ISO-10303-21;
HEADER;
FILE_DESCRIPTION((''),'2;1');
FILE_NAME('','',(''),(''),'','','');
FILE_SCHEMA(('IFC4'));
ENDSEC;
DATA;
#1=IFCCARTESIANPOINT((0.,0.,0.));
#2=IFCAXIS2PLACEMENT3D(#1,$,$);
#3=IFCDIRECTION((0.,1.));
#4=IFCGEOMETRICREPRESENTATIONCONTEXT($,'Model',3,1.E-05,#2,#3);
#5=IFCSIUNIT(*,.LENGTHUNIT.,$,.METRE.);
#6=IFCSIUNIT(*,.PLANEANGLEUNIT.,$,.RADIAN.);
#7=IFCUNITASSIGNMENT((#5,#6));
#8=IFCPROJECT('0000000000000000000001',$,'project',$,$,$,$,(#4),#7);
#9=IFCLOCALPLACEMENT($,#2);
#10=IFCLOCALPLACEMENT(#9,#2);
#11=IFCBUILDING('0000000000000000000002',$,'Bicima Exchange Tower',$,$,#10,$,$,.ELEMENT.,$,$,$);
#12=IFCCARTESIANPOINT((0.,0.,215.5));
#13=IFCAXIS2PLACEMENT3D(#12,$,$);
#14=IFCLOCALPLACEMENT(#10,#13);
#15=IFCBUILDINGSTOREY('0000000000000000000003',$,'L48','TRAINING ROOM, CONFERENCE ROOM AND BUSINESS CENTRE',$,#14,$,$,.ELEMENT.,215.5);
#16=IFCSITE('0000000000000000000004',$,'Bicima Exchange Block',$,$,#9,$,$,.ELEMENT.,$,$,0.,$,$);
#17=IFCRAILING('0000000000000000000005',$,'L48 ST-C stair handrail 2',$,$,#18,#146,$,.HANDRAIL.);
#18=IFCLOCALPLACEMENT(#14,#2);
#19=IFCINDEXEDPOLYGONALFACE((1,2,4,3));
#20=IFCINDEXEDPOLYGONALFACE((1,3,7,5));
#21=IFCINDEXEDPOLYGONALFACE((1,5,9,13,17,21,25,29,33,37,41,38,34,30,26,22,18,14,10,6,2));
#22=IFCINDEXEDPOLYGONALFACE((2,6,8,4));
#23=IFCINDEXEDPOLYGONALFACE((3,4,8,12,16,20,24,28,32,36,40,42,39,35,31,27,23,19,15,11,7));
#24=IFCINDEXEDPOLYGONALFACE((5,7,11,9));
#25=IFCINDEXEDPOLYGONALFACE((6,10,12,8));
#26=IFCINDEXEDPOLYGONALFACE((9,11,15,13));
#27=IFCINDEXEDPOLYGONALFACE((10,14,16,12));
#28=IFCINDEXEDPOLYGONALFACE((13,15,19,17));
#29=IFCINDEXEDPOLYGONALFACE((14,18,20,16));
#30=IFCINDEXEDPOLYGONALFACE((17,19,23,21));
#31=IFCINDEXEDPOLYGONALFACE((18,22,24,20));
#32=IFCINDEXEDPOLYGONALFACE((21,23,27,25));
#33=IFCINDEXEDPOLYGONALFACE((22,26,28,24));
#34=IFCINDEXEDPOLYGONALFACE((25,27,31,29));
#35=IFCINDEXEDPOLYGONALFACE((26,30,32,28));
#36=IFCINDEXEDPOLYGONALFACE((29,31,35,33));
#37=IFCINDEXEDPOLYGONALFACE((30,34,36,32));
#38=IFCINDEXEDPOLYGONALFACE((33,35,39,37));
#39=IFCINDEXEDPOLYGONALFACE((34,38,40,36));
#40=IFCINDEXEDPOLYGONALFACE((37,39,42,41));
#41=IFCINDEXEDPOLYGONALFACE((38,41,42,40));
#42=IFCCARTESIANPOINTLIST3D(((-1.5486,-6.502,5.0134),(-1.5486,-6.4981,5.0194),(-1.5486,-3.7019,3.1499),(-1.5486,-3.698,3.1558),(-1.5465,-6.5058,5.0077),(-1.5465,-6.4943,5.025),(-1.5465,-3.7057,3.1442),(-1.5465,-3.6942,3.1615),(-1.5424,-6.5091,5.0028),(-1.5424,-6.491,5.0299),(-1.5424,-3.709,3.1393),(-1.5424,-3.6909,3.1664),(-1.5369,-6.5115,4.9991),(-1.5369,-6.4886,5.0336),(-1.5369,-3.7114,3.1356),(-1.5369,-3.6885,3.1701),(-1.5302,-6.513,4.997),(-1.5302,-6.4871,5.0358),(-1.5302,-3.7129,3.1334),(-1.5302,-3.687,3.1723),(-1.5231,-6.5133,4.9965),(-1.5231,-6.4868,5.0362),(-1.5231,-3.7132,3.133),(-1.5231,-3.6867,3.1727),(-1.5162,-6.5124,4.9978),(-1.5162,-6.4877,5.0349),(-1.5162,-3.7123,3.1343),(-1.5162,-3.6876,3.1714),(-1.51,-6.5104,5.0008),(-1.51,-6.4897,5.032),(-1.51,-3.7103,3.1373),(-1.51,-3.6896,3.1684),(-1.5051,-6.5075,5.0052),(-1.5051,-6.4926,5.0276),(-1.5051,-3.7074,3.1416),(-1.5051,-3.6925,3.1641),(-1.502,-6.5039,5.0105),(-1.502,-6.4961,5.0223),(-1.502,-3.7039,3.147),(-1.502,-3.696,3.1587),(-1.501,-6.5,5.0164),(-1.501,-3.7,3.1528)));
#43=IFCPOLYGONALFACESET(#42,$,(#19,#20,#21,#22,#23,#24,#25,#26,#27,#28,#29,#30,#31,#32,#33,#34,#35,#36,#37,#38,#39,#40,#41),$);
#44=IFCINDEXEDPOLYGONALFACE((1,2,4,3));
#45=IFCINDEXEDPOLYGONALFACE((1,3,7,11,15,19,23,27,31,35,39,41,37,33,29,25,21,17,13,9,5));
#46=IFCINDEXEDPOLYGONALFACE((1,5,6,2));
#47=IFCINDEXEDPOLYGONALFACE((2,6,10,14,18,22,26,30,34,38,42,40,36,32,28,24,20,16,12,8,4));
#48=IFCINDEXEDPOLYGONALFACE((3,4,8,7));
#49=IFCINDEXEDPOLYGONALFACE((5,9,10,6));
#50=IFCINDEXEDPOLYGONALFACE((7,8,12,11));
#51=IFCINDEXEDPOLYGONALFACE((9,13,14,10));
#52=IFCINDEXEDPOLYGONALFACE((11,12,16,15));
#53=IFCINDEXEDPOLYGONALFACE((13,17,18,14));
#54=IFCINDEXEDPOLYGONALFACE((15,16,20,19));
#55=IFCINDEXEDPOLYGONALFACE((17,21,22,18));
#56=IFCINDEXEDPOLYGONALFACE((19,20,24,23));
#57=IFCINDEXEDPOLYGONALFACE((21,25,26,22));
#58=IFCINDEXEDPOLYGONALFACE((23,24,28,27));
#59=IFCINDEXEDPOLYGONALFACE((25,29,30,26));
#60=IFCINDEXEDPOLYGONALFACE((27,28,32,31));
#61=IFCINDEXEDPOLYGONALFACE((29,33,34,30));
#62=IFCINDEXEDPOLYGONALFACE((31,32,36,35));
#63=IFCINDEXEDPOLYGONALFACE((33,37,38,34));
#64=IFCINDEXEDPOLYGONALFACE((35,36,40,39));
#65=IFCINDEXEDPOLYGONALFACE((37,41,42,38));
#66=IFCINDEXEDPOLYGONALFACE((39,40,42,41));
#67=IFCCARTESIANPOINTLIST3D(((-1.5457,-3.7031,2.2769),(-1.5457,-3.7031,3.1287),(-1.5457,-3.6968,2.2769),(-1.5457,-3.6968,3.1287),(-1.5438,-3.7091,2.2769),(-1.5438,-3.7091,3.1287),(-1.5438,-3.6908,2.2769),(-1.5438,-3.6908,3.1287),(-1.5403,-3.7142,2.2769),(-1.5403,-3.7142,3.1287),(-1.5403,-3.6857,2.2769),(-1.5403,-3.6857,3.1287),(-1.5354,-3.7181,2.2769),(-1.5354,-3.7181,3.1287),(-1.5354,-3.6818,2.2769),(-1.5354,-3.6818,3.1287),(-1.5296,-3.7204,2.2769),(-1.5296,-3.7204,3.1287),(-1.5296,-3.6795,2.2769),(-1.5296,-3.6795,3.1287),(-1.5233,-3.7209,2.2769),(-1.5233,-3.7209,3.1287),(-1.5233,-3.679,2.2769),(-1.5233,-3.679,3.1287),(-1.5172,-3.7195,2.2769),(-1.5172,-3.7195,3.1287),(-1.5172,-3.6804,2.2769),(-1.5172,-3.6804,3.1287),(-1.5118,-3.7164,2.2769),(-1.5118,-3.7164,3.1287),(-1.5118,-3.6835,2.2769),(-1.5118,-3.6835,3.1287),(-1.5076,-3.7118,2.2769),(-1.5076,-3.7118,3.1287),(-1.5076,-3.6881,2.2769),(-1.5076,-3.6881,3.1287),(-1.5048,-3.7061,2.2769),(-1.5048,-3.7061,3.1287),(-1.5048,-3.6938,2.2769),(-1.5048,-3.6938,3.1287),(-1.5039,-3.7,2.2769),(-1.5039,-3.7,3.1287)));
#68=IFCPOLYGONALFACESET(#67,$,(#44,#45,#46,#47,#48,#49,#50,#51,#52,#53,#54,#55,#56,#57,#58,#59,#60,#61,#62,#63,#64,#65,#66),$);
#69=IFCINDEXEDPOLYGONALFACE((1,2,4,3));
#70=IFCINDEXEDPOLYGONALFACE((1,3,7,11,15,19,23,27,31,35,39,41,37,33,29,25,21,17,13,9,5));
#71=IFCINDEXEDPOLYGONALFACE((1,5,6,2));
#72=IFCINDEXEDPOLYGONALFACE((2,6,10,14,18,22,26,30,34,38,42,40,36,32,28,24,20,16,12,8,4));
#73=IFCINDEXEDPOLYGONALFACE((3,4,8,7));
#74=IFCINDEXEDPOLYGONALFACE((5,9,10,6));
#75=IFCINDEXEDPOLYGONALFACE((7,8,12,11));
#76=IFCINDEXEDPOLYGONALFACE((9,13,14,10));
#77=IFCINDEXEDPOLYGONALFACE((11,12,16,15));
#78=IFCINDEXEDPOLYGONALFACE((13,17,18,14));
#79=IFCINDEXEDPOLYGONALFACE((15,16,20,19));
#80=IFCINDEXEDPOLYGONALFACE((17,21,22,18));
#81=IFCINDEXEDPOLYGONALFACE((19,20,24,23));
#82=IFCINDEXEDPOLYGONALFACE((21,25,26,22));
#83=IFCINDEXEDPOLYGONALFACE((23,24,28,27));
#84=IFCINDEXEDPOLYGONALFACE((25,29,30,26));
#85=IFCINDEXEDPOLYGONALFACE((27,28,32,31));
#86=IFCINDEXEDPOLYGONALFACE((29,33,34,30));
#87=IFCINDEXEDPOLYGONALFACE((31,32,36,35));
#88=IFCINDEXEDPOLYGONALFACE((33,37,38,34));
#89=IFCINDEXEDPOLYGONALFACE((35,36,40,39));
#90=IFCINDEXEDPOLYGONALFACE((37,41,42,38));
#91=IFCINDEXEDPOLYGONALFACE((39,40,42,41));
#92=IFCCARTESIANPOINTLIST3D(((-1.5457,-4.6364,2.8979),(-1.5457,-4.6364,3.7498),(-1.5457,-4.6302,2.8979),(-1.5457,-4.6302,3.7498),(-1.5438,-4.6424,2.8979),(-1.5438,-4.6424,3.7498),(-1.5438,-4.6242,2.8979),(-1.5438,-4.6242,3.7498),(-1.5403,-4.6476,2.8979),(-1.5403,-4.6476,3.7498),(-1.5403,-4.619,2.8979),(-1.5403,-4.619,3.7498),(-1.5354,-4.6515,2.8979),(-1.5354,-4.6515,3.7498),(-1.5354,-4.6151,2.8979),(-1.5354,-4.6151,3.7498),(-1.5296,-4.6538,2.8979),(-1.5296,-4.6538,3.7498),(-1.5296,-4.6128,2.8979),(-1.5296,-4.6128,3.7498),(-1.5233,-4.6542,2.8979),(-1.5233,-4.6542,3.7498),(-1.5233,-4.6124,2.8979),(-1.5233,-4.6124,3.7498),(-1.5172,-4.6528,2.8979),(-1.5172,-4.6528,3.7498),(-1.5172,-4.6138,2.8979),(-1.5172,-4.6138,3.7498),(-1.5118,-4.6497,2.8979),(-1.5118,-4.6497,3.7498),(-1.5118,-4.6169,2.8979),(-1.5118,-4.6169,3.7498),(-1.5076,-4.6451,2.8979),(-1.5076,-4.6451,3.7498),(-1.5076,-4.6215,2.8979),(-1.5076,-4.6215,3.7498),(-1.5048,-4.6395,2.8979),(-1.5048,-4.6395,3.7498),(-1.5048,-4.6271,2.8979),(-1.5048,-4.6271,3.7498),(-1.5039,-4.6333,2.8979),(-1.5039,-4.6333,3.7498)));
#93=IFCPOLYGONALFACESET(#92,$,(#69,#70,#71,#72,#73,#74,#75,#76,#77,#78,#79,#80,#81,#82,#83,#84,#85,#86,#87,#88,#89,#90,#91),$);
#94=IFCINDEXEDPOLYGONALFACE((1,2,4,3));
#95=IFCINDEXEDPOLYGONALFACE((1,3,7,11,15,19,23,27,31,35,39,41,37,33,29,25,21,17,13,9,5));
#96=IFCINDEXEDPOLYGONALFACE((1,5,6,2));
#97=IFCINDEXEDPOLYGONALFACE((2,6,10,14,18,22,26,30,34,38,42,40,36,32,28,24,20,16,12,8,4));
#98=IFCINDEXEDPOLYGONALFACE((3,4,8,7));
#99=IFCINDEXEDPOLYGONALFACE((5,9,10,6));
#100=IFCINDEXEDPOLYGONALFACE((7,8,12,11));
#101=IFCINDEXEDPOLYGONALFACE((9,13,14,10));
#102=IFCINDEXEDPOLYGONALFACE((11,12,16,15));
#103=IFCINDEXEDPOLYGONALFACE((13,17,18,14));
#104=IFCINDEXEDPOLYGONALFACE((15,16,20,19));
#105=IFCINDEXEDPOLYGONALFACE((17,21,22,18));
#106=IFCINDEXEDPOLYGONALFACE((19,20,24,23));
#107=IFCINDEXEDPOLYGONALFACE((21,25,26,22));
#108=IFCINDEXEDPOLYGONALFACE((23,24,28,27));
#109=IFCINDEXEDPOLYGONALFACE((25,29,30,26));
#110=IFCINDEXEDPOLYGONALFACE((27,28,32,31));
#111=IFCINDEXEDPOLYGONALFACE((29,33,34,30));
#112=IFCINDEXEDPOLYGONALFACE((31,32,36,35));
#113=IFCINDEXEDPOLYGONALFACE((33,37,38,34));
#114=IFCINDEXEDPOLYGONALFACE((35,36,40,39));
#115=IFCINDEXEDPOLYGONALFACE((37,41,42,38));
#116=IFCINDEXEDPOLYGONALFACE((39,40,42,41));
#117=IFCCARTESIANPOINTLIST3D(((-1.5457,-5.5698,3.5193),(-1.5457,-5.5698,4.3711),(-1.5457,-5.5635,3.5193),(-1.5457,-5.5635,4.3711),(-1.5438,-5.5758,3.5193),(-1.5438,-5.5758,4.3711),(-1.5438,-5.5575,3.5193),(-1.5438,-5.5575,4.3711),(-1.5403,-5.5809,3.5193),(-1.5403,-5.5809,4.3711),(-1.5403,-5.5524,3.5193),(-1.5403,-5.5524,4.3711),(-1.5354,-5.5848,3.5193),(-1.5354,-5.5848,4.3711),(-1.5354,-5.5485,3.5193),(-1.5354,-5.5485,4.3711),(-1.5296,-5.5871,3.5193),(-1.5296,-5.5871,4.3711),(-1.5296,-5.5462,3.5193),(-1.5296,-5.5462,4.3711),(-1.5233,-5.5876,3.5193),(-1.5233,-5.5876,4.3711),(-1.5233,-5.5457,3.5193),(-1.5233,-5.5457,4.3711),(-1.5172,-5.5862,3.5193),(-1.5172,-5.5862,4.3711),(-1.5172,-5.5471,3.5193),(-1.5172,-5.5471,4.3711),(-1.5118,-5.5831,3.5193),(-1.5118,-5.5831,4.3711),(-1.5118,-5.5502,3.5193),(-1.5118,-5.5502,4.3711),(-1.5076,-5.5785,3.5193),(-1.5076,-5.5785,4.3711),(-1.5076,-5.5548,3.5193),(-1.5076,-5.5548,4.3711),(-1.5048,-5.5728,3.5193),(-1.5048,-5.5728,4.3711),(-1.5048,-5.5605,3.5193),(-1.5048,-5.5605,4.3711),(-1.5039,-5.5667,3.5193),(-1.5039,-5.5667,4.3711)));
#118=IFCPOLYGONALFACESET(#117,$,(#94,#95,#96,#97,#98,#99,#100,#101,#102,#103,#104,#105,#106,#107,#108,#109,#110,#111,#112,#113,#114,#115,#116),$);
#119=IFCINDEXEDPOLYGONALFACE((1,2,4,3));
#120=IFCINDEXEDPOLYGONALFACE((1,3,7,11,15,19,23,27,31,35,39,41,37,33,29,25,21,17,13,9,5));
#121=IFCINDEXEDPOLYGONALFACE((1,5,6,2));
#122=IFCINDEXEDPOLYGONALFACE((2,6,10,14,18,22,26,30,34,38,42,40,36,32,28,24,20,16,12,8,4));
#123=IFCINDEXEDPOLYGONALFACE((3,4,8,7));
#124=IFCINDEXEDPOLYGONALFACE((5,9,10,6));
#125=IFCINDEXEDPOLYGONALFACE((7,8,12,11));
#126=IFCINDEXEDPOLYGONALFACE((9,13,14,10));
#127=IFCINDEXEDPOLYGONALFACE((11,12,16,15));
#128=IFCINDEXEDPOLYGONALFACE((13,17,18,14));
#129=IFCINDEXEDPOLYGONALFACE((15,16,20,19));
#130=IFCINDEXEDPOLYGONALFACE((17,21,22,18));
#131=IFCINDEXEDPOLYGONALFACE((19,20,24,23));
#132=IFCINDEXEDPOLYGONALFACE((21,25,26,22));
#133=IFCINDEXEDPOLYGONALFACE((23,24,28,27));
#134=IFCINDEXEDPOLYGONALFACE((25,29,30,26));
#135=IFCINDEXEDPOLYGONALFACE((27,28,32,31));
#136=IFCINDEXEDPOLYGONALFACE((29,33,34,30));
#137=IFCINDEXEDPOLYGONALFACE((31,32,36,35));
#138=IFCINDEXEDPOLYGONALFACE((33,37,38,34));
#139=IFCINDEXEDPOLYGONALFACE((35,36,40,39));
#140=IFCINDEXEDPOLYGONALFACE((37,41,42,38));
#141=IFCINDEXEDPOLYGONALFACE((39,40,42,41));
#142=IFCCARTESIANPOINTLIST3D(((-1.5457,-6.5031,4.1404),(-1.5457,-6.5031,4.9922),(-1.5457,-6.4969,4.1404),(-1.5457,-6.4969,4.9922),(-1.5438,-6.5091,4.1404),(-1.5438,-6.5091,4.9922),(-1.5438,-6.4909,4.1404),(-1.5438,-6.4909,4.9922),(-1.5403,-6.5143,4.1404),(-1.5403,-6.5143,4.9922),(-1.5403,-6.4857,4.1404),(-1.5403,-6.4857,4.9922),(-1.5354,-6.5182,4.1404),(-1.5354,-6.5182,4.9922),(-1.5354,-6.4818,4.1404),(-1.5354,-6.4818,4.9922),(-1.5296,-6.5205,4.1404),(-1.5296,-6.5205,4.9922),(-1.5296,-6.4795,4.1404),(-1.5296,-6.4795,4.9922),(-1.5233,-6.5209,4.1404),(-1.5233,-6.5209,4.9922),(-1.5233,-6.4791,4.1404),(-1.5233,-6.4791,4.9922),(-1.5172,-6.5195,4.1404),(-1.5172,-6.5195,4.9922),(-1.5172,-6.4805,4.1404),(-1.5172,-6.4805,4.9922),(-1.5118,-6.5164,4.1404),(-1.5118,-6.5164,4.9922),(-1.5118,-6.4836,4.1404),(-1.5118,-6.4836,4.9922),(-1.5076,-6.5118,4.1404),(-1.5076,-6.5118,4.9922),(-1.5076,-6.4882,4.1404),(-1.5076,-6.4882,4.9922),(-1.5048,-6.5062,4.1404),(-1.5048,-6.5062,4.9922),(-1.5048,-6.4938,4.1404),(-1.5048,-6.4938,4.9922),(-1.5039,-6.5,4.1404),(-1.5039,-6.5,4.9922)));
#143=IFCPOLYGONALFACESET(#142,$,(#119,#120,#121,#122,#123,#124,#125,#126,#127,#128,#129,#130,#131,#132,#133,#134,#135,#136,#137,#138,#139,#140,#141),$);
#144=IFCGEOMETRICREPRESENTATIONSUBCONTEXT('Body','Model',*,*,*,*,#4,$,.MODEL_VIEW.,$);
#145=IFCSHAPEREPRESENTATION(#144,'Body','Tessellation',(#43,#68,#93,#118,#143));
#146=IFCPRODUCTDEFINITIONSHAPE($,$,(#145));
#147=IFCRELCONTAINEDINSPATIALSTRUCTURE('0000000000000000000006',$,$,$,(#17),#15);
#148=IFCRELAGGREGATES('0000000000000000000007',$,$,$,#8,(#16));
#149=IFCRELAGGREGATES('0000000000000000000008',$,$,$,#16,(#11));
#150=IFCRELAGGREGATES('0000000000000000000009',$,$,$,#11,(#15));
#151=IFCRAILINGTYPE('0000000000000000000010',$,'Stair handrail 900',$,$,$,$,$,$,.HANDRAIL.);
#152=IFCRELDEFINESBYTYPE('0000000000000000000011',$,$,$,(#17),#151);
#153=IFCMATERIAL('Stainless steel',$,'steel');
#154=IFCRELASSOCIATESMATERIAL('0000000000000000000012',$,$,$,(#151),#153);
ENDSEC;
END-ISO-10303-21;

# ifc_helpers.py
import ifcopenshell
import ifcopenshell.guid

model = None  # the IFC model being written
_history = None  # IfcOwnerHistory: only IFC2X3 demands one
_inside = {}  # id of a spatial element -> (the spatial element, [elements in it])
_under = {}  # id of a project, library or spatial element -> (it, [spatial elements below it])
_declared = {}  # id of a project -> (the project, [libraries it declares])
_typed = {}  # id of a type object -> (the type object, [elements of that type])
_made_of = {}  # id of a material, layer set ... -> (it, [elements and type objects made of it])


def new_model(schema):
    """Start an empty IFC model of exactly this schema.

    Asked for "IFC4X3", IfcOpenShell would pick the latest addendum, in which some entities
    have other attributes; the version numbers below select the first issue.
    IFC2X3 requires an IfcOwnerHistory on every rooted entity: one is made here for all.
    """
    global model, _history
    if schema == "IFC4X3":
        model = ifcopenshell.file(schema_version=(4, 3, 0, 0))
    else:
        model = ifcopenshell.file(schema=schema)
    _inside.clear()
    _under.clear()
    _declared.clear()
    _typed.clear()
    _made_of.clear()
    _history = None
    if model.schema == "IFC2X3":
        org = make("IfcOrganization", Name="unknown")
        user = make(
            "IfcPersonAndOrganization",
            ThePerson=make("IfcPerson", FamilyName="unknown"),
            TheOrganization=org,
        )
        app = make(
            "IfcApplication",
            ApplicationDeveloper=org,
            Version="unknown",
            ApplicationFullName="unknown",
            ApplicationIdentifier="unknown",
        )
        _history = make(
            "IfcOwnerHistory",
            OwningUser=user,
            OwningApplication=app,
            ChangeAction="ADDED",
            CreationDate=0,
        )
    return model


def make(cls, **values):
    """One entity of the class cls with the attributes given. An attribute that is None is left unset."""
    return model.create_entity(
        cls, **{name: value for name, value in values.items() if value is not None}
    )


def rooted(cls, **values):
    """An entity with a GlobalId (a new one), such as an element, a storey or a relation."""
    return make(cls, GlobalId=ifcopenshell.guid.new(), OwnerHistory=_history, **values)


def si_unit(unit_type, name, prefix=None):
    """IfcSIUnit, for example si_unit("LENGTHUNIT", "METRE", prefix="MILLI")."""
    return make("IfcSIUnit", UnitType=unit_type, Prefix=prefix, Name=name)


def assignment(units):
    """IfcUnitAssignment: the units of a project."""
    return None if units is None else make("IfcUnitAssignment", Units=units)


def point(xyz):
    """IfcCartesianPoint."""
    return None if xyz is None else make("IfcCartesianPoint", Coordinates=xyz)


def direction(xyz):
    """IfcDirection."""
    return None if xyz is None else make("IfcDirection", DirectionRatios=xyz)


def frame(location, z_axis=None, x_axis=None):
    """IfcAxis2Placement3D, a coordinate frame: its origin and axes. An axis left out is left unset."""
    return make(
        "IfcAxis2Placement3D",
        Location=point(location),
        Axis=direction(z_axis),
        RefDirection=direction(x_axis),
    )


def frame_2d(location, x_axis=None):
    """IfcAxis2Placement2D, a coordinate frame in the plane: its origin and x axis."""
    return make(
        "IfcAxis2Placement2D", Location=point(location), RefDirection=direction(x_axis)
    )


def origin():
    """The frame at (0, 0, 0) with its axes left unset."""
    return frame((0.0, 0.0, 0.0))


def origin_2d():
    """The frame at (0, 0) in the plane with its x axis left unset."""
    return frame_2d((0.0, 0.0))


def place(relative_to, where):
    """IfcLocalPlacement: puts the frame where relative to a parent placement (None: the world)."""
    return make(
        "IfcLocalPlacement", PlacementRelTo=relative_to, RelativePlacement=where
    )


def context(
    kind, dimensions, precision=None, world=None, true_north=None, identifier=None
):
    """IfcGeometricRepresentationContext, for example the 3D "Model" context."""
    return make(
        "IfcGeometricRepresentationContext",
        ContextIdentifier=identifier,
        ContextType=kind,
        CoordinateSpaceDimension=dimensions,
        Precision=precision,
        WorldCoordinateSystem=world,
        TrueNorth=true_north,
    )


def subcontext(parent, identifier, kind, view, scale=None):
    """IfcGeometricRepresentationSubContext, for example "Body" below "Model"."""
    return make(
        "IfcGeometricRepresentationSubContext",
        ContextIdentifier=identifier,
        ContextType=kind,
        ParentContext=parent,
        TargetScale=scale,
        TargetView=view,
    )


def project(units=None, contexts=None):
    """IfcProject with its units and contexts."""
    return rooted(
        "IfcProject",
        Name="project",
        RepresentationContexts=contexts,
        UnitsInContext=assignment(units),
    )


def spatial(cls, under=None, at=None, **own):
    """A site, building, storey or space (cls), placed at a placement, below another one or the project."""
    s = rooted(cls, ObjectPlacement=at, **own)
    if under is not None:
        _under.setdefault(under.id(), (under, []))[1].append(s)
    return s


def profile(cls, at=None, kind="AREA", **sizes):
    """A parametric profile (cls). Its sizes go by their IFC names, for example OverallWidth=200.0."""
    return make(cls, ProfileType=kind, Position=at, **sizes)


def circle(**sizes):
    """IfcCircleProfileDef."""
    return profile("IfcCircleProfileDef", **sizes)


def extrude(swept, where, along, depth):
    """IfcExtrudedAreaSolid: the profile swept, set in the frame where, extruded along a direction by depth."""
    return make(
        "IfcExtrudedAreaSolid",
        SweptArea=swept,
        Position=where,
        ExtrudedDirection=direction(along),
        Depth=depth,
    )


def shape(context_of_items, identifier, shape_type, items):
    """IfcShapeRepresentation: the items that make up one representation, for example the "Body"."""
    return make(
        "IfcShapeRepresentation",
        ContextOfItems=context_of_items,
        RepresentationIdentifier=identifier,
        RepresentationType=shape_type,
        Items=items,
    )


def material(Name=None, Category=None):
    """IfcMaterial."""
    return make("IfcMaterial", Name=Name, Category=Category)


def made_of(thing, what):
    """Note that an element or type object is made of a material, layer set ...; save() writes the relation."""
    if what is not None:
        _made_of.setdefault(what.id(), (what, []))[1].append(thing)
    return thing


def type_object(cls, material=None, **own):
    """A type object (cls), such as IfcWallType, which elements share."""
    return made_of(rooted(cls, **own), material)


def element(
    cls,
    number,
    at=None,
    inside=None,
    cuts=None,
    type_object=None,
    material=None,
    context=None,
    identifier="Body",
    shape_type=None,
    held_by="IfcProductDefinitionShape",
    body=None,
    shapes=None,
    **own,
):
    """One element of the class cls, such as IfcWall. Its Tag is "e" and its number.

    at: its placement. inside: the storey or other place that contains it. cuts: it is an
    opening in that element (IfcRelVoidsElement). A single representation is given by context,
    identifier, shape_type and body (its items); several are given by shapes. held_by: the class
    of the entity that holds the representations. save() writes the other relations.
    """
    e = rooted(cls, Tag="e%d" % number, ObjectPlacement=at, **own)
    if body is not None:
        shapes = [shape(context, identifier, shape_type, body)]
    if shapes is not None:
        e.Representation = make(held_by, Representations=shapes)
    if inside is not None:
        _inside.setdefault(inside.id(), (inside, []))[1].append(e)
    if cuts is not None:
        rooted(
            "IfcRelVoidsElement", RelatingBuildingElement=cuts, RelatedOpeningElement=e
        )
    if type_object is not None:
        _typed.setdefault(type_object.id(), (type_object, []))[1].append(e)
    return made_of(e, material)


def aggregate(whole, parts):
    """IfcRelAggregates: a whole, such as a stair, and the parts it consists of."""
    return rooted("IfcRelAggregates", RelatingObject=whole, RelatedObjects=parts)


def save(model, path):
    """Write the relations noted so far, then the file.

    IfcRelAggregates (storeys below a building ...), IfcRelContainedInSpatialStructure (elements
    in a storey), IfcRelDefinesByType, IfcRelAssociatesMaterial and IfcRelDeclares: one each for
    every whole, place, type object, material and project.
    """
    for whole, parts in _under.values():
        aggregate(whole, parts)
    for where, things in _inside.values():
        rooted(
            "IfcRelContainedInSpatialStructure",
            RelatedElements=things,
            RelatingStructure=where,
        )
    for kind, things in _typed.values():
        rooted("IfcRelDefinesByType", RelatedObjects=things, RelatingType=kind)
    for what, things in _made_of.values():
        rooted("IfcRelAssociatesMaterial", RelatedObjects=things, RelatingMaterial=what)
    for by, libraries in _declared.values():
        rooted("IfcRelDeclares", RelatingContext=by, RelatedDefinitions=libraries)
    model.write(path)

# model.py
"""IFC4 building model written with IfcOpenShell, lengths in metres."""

from ifc_helpers import new_model, si_unit, direction, frame, origin, origin_2d, place, context, subcontext, project, spatial, circle, extrude, material, type_object, element, save


model = new_model("IFC4")

# Units and contexts
model_context = context("Model", 3, precision=1e-05, world=origin(), true_north=direction((0.0, 1.0)))
body_context = subcontext(model_context, "Body", "Model", "MODEL_VIEW")
ifc_project = project(units=[si_unit("LENGTHUNIT", "METRE"), si_unit("PLANEANGLEUNIT", "RADIAN")], contexts=[model_context])

# Site, building, storey
site_placement = place(None, origin())
site = spatial("IfcSite", under=ifc_project, at=site_placement, Name="Bicima Exchange Block", CompositionType="ELEMENT", RefElevation=0.0)
building_placement = place(site_placement, origin())
building = spatial("IfcBuilding", under=site, at=building_placement, Name="Bicima Exchange Tower", CompositionType="ELEMENT")
storey_placement = place(building_placement, frame((0.0, 0.0, 215.5)))
storey = spatial("IfcBuildingStorey", under=building, at=storey_placement, Name="L48", Description="TRAINING ROOM, CONFERENCE ROOM AND BUSINESS CENTRE", CompositionType="ELEMENT", Elevation=215.5)

# Railing
ifc_material_1 = material(Name="Stainless steel", Category="steel")
railing_type = type_object("IfcRailingType", Name="Stair handrail 900", PredefinedType="HANDRAIL", material=ifc_material_1)
railing_placement = place(storey_placement, frame((-1.5249, -3.7, 2.2769)))
element("IfcRailing", 1, at=railing_placement, inside=storey, type_object=railing_type, Name="L48 ST-C stair handrail 2", PredefinedType="HANDRAIL", context=body_context, shape_type="SweptSolid", body=[
    extrude(circle(Radius=0.0239, at=origin_2d()), frame((0.0, 0.0, 0.876), z_axis=(0.0, -0.832486, 0.554047), x_axis=(1.0, 0.0, 0.0)), (0.0, 0.0, 1.0), 3.3635),
    extrude(circle(Radius=0.021, at=origin_2d()), origin(), (0.0, 0.0, 1.0), 0.8518),
    extrude(circle(Radius=0.021, at=origin_2d()), frame((0.0, -0.9333, 0.6211)), (0.0, 0.0, 1.0), 0.8518),
    extrude(circle(Radius=0.021, at=origin_2d()), frame((0.0, -1.8667, 1.2424)), (0.0, 0.0, 1.0), 0.8518),
    extrude(circle(Radius=0.021, at=origin_2d()), frame((0.0, -2.8, 1.8635)), (0.0, 0.0, 1.0), 0.8518),
])

save(model, "model.ifc")
